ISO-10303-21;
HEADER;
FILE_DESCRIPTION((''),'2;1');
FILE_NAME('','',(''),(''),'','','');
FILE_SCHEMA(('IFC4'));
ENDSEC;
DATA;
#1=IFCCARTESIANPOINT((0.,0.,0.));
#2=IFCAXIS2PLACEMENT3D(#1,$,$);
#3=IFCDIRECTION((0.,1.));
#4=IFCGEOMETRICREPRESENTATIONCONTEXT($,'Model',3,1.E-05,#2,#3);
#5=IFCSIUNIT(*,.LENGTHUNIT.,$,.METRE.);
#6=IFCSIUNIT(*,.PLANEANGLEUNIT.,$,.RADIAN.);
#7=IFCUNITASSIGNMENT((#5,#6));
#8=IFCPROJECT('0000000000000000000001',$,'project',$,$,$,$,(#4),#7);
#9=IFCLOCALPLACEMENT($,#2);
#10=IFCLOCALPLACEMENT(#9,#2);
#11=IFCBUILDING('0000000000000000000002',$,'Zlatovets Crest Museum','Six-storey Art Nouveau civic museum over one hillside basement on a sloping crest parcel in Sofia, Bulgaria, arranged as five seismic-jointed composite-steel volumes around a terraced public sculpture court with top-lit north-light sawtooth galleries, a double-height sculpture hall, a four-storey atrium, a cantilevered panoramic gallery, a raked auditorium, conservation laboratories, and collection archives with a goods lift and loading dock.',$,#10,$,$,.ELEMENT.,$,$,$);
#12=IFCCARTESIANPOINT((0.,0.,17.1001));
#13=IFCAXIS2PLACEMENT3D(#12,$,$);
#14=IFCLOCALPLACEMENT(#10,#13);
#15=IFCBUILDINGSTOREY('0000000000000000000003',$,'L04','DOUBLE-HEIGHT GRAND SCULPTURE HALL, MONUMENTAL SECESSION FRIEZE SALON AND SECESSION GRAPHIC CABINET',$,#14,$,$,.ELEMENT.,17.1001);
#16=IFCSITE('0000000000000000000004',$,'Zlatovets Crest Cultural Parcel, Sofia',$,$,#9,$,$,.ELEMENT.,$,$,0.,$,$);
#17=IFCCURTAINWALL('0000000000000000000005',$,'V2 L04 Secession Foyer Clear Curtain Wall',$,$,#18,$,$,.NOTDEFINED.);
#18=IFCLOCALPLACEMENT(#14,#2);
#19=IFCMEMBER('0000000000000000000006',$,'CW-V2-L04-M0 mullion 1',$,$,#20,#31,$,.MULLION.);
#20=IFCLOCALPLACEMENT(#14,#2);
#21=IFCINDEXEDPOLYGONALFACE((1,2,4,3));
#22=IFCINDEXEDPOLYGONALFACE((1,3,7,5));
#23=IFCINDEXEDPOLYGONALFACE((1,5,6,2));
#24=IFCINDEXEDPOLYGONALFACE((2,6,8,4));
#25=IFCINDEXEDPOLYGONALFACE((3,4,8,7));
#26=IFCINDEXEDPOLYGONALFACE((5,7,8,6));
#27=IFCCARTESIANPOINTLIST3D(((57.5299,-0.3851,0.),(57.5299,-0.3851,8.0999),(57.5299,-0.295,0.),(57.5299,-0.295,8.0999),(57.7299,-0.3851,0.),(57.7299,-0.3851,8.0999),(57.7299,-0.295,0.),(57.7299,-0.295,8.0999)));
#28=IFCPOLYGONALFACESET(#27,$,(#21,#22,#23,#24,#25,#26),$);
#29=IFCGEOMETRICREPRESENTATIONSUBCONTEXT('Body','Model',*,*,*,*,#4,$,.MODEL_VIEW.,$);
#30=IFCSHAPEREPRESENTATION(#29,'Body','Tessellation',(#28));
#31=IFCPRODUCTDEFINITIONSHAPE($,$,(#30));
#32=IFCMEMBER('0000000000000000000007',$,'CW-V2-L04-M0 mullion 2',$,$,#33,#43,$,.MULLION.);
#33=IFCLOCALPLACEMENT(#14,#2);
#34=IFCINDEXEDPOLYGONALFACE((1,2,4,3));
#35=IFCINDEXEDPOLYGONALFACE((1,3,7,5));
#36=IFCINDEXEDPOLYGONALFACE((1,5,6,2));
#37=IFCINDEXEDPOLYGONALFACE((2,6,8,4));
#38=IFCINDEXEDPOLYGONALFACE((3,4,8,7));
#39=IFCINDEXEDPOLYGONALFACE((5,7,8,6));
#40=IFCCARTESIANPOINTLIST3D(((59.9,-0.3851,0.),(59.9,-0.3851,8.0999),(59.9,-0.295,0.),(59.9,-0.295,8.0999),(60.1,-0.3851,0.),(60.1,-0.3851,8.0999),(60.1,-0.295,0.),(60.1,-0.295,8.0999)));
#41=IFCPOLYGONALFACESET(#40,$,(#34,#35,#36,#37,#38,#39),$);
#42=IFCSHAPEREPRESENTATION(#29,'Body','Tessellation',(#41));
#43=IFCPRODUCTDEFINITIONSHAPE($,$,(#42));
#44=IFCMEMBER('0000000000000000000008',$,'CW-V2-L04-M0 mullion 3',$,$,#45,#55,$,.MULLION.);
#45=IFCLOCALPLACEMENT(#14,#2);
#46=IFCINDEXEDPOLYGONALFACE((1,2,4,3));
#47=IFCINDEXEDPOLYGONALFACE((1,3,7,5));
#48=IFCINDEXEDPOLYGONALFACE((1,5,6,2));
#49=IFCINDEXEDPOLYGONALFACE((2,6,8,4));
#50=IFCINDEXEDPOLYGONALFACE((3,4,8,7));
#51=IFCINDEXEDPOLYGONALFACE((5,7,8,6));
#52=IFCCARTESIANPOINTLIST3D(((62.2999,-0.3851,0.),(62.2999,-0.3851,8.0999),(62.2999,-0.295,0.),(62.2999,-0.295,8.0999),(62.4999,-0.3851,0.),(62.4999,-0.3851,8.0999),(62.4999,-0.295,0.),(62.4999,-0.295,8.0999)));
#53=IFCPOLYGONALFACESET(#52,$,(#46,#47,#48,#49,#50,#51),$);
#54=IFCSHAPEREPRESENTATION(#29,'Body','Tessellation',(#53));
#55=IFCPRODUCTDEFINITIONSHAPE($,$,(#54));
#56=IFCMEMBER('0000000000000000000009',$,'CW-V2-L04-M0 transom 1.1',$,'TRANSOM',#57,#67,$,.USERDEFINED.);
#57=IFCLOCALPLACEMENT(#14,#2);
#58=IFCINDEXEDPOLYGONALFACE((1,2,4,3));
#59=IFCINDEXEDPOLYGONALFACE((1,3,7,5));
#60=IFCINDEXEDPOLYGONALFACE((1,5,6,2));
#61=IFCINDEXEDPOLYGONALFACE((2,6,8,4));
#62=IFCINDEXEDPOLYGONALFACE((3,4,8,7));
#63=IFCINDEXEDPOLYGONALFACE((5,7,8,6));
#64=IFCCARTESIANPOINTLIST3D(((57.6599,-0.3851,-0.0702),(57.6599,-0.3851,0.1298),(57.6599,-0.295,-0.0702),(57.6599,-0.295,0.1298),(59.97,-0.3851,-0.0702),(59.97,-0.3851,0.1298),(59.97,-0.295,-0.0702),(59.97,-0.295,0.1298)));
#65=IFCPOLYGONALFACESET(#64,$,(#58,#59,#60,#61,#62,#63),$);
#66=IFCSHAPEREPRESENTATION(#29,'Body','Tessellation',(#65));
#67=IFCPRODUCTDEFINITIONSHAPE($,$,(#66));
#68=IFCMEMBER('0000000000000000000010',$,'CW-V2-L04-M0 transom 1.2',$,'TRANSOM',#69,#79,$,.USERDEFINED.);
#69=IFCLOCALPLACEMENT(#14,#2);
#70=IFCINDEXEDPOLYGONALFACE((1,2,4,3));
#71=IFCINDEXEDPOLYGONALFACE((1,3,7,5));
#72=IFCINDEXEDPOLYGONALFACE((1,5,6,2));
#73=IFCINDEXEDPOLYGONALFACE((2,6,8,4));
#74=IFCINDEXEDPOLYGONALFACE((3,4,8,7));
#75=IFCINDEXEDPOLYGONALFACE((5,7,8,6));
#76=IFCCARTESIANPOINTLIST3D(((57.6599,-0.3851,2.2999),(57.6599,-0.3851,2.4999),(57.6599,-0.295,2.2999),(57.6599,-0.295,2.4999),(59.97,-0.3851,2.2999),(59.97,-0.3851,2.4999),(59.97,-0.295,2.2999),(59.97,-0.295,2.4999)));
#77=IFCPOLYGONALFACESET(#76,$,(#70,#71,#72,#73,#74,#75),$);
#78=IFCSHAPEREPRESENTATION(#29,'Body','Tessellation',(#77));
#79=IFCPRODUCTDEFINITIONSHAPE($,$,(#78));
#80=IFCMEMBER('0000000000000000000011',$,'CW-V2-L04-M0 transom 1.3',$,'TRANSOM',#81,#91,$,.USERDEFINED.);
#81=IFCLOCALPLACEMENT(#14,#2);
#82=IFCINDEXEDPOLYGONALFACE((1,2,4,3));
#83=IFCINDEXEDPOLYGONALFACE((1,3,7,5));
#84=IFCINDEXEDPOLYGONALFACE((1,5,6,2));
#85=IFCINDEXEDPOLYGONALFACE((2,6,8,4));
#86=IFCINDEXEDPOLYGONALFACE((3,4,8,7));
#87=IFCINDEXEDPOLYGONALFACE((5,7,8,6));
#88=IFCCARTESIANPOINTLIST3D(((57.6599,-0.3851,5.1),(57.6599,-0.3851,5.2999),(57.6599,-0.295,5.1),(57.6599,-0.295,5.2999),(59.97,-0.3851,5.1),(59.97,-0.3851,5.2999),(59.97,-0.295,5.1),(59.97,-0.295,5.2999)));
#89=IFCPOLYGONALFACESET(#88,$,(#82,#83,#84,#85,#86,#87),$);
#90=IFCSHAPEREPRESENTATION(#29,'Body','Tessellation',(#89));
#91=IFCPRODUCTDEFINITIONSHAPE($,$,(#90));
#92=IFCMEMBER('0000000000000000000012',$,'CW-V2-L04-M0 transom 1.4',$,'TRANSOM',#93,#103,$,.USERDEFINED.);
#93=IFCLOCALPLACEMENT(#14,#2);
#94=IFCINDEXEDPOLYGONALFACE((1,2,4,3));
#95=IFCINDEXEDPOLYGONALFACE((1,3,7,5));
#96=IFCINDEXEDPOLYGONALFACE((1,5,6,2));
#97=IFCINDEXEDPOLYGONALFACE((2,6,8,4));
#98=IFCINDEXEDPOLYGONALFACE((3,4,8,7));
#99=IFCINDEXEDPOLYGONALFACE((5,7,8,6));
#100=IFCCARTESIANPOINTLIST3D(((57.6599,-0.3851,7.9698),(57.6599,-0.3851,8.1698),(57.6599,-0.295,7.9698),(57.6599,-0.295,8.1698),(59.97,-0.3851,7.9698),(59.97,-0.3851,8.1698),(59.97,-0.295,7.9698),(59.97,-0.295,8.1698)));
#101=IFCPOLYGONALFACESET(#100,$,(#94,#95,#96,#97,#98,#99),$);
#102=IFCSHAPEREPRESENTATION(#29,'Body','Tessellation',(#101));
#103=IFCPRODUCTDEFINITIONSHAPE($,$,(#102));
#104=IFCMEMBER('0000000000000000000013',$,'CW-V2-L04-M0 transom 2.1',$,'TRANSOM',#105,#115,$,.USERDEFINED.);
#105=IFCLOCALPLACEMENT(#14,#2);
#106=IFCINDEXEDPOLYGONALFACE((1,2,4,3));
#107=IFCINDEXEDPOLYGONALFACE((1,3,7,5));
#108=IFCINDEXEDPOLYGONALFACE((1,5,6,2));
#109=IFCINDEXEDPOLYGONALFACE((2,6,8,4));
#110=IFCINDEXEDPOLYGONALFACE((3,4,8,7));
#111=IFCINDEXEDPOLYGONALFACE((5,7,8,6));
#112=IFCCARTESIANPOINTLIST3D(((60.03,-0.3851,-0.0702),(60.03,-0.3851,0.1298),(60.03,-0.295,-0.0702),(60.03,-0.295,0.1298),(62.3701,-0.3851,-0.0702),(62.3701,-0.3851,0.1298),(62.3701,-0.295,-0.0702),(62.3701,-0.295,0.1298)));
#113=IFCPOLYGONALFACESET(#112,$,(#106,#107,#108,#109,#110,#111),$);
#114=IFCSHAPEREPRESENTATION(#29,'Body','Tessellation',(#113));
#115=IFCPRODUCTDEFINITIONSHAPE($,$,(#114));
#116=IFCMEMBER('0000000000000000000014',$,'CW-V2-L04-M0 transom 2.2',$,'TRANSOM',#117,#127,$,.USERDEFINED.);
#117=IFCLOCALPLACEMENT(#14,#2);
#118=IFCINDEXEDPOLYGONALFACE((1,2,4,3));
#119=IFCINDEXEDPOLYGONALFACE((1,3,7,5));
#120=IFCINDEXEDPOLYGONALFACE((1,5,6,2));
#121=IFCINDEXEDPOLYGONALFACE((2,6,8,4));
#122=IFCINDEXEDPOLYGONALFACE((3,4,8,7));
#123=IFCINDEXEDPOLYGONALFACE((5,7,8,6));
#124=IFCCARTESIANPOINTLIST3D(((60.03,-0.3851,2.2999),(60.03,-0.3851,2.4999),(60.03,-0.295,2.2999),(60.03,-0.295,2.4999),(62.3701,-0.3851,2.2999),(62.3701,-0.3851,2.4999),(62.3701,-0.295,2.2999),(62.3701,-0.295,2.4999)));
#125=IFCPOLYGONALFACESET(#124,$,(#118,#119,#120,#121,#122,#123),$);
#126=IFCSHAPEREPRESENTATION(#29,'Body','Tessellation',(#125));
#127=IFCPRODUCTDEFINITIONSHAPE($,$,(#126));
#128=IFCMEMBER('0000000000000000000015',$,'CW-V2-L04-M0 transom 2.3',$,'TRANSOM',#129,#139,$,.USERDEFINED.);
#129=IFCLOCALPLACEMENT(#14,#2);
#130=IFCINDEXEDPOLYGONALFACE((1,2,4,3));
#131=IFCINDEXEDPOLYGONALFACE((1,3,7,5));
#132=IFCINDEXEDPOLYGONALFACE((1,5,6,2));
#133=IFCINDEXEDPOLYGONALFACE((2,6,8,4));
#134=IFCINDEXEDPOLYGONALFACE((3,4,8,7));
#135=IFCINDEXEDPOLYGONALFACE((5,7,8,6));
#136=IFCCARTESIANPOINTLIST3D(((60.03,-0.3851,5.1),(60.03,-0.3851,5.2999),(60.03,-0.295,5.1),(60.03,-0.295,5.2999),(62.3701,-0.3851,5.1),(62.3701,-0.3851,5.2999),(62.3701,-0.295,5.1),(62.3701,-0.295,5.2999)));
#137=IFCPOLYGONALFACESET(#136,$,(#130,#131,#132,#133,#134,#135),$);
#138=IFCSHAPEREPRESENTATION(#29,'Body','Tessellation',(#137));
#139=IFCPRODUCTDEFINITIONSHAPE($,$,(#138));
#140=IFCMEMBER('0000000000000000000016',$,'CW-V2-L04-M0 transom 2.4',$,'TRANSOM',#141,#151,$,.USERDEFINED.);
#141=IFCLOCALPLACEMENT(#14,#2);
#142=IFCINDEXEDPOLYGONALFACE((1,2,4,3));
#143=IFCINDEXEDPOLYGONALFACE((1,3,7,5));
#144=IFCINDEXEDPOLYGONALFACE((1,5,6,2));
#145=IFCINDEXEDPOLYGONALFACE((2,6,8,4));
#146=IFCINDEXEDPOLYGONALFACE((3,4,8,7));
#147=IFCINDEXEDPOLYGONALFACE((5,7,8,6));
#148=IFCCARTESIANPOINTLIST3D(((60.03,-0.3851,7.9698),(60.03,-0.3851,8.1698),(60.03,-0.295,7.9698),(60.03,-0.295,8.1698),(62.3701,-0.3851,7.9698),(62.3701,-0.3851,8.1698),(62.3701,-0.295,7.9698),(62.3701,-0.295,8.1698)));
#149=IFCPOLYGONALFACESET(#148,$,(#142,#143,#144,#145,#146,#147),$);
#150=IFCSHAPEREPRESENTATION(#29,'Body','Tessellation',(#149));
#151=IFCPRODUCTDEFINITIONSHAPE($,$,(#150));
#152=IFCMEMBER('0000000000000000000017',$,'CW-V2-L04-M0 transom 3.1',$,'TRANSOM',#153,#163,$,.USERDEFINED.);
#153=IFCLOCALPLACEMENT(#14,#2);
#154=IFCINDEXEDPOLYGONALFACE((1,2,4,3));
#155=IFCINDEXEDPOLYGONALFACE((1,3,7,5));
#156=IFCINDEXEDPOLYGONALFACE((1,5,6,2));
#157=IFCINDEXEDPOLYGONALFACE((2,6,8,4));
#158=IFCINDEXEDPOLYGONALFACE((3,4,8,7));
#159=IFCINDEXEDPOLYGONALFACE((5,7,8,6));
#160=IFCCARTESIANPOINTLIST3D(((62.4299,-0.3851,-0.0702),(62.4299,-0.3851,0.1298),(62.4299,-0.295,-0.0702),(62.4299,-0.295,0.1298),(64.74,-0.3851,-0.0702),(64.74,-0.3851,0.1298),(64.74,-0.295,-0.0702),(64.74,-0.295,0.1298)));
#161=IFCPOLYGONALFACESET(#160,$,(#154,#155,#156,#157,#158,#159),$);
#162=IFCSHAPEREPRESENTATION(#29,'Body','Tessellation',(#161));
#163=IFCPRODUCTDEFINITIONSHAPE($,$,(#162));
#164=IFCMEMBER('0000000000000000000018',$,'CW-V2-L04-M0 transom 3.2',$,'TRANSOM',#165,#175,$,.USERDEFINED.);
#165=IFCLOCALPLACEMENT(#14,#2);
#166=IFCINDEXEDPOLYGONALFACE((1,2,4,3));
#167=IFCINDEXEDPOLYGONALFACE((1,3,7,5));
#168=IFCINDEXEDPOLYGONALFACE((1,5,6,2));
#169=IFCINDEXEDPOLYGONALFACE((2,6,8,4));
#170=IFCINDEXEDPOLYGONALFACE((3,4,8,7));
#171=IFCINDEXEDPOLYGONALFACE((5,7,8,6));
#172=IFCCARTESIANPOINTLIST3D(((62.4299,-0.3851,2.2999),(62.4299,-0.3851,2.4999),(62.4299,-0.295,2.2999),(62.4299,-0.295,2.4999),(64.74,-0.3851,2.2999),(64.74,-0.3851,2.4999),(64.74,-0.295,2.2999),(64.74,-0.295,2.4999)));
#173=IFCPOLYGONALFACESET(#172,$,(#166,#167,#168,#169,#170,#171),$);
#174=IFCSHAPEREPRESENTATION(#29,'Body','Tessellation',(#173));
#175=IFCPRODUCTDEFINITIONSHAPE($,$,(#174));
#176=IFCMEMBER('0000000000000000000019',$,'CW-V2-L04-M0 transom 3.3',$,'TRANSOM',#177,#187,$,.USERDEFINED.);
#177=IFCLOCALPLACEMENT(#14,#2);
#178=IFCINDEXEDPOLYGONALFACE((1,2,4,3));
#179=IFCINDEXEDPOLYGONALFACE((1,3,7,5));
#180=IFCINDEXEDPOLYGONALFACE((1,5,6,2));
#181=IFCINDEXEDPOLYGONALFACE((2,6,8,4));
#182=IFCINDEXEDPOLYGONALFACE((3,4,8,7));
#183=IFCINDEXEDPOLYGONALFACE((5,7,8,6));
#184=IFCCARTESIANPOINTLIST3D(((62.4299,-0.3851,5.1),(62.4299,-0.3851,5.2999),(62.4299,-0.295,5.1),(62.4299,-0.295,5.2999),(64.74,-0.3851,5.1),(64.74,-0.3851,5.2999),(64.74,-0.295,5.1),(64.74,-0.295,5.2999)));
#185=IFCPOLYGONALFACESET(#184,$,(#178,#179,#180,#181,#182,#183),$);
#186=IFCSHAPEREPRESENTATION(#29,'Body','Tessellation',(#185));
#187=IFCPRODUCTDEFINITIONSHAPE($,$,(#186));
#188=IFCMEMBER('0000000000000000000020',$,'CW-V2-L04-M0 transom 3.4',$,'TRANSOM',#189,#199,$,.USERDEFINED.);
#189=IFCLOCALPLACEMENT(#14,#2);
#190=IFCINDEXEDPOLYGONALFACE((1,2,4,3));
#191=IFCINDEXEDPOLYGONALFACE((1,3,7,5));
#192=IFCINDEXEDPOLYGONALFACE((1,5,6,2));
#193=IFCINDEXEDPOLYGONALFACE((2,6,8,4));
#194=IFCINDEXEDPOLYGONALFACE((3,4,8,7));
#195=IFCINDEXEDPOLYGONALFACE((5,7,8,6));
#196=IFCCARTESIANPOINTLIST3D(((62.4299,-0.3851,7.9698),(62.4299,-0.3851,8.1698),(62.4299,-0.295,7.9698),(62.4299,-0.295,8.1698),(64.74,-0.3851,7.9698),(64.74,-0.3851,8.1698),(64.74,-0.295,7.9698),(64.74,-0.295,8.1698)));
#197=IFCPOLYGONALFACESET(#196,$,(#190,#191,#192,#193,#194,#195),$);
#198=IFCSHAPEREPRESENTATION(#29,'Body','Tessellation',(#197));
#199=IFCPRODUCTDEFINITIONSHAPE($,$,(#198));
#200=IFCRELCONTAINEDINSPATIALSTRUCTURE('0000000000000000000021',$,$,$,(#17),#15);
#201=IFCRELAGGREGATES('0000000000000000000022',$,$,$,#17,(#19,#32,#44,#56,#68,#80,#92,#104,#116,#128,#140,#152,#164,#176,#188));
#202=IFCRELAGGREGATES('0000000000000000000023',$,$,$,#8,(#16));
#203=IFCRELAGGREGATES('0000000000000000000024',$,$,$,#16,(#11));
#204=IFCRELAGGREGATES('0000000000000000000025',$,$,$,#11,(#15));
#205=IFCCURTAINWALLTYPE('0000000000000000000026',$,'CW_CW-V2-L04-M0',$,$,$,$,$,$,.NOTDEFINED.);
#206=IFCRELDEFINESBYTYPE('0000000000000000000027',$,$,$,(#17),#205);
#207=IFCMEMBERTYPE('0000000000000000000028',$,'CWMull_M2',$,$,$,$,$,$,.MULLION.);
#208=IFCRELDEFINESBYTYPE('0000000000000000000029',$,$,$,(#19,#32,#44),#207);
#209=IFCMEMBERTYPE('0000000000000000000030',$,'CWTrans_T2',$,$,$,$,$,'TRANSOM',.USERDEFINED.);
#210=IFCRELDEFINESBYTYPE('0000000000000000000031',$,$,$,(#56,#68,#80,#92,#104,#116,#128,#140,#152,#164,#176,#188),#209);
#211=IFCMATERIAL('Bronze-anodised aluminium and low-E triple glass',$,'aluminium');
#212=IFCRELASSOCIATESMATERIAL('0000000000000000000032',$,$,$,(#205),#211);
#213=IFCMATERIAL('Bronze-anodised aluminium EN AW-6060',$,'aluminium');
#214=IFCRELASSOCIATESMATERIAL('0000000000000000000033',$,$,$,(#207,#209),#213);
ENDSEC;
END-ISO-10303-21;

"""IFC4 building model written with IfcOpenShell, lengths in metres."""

from ifc_helpers import new_model, si_unit, direction, frame, origin, origin_2d, place, context, subcontext, project, spatial, rectangle, extrude, material, material_profile, profile_set, type_object, element, aggregate, save


model = new_model("IFC4")

# Units and contexts
model_context = context("Model", 3, precision=1e-05, world=origin(), true_north=direction((0.0, 1.0)))
body_context = subcontext(model_context, "Body", "Model", "MODEL_VIEW")
ifc_project = project(units=[si_unit("LENGTHUNIT", "METRE"), si_unit("PLANEANGLEUNIT", "RADIAN")], contexts=[model_context])

# Site, building, storey
site_placement = place(None, origin())
site = spatial("IfcSite", under=ifc_project, at=site_placement, Name="Zlatovets Crest Cultural Parcel, Sofia", CompositionType="ELEMENT", RefElevation=0.0)
building_placement = place(site_placement, origin())
building = spatial("IfcBuilding", under=site, at=building_placement, Name="Zlatovets Crest Museum", Description="Six-storey Art Nouveau civic museum over one hillside basement on a sloping crest parcel in Sofia, Bulgaria, arranged as five seismic-jointed composite-steel volumes around a terraced public sculpture court with top-lit north-light sawtooth galleries, a double-height sculpture hall, a four-storey atrium, a cantilevered panoramic gallery, a raked auditorium, conservation laboratories, and collection archives with a goods lift and loading dock.", CompositionType="ELEMENT")
storey_placement = place(building_placement, frame((0.0, 0.0, 17.1001)))
storey = spatial("IfcBuildingStorey", under=building, at=storey_placement, Name="L04", Description="DOUBLE-HEIGHT GRAND SCULPTURE HALL, MONUMENTAL SECESSION FRIEZE SALON AND SECESSION GRAPHIC CABINET", CompositionType="ELEMENT", Elevation=17.1001)

# Curtain wall, members
ifc_material_1 = material(Name="Bronze-anodised aluminium and low-E triple glass", Category="aluminium")
curtain_wall_type = type_object("IfcCurtainWallType", Name="CW_CW-V2-L04-M0", PredefinedType="NOTDEFINED", material=ifc_material_1)
curtain_wall_placement = place(storey_placement, origin())
curtain_wall = element("IfcCurtainWall", 1, at=curtain_wall_placement, inside=storey, type_object=curtain_wall_type, Name="V2 L04 Secession Foyer Clear Curtain Wall", PredefinedType="NOTDEFINED")
ifc_material_2 = material(Name="Bronze-anodised aluminium EN AW-6060", Category="aluminium")
ifc_material_profile_1 = material_profile(ifc_material_2, rectangle(XDim=0.0901, YDim=0.2, at=origin_2d()), Name="ALU 90x200")
ifc_profile_set_1 = profile_set([ifc_material_profile_1], Name="Bronze-anodised aluminium EN AW-6060")
member_type_1 = type_object("IfcMemberType", Name="CWMull_M2", PredefinedType="MULLION", material=ifc_profile_set_1)
member_1_placement = place(storey_placement, frame((57.6299, -0.3401, 0.0), z_axis=(0.0, 0.0, 1.0), x_axis=(0.0, 1.0, 0.0)))
member_1 = element("IfcMember", 2, at=member_1_placement, type_object=member_type_1, Name="CW-V2-L04-M0 mullion 1", PredefinedType="MULLION", context=body_context, shape_type="SweptSolid", body=[
    extrude(rectangle(XDim=0.0901, YDim=0.2, at=origin_2d()), origin(), (0.0, 0.0, 1.0), 8.0999),
])
member_2_placement = place(storey_placement, frame((60.0, -0.3401, 0.0), z_axis=(0.0, 0.0, 1.0), x_axis=(0.0, 1.0, 0.0)))
member_2 = element("IfcMember", 3, at=member_2_placement, type_object=member_type_1, Name="CW-V2-L04-M0 mullion 2", PredefinedType="MULLION", context=body_context, shape_type="SweptSolid", body=[
    extrude(rectangle(XDim=0.0901, YDim=0.2, at=origin_2d()), origin(), (0.0, 0.0, 1.0), 8.0999),
])
member_3_placement = place(storey_placement, frame((62.3999, -0.3401, 0.0), z_axis=(0.0, 0.0, 1.0), x_axis=(0.0, 1.0, 0.0)))
member_3 = element("IfcMember", 4, at=member_3_placement, type_object=member_type_1, Name="CW-V2-L04-M0 mullion 3", PredefinedType="MULLION", context=body_context, shape_type="SweptSolid", body=[
    extrude(rectangle(XDim=0.0901, YDim=0.2, at=origin_2d()), origin(), (0.0, 0.0, 1.0), 8.0999),
])
ifc_material_profile_2 = material_profile(ifc_material_2, rectangle(XDim=0.0901, YDim=0.2, at=origin_2d()), Name="ALU 90x200")
ifc_profile_set_2 = profile_set([ifc_material_profile_2], Name="Bronze-anodised aluminium EN AW-6060")
member_type_2 = type_object("IfcMemberType", Name="CWTrans_T2", ElementType="TRANSOM", PredefinedType="USERDEFINED", material=ifc_profile_set_2)
member_4_placement = place(storey_placement, frame((57.6599, -0.3401, 0.0298), z_axis=(1.0, 0.0, 0.0), x_axis=(0.0, 1.0, 0.0)))
member_4 = element("IfcMember", 5, at=member_4_placement, type_object=member_type_2, Name="CW-V2-L04-M0 transom 1.1", ObjectType="TRANSOM", PredefinedType="USERDEFINED", context=body_context, shape_type="SweptSolid", body=[
    extrude(rectangle(XDim=0.0901, YDim=0.2, at=origin_2d()), origin(), (0.0, 0.0, 1.0), 2.3101),
])
member_5_placement = place(storey_placement, frame((57.6599, -0.3401, 2.3999), z_axis=(1.0, 0.0, 0.0), x_axis=(0.0, 1.0, 0.0)))
member_5 = element("IfcMember", 6, at=member_5_placement, type_object=member_type_2, Name="CW-V2-L04-M0 transom 1.2", ObjectType="TRANSOM", PredefinedType="USERDEFINED", context=body_context, shape_type="SweptSolid", body=[
    extrude(rectangle(XDim=0.0901, YDim=0.2, at=origin_2d()), origin(), (0.0, 0.0, 1.0), 2.3101),
])
member_6_placement = place(storey_placement, frame((57.6599, -0.3401, 5.2), z_axis=(1.0, 0.0, 0.0), x_axis=(0.0, 1.0, 0.0)))
member_6 = element("IfcMember", 7, at=member_6_placement, type_object=member_type_2, Name="CW-V2-L04-M0 transom 1.3", ObjectType="TRANSOM", PredefinedType="USERDEFINED", context=body_context, shape_type="SweptSolid", body=[
    extrude(rectangle(XDim=0.0901, YDim=0.2, at=origin_2d()), origin(), (0.0, 0.0, 1.0), 2.3101),
])
member_7_placement = place(storey_placement, frame((57.6599, -0.3401, 8.0698), z_axis=(1.0, 0.0, 0.0), x_axis=(0.0, 1.0, 0.0)))
member_7 = element("IfcMember", 8, at=member_7_placement, type_object=member_type_2, Name="CW-V2-L04-M0 transom 1.4", ObjectType="TRANSOM", PredefinedType="USERDEFINED", context=body_context, shape_type="SweptSolid", body=[
    extrude(rectangle(XDim=0.0901, YDim=0.2, at=origin_2d()), origin(), (0.0, 0.0, 1.0), 2.3101),
])
member_8_placement = place(storey_placement, frame((60.03, -0.3401, 0.0298), z_axis=(1.0, 0.0, 0.0), x_axis=(0.0, 1.0, 0.0)))
member_8 = element("IfcMember", 9, at=member_8_placement, type_object=member_type_2, Name="CW-V2-L04-M0 transom 2.1", ObjectType="TRANSOM", PredefinedType="USERDEFINED", context=body_context, shape_type="SweptSolid", body=[
    extrude(rectangle(XDim=0.0901, YDim=0.2, at=origin_2d()), origin(), (0.0, 0.0, 1.0), 2.3401),
])
member_9_placement = place(storey_placement, frame((60.03, -0.3401, 2.3999), z_axis=(1.0, 0.0, 0.0), x_axis=(0.0, 1.0, 0.0)))
member_9 = element("IfcMember", 10, at=member_9_placement, type_object=member_type_2, Name="CW-V2-L04-M0 transom 2.2", ObjectType="TRANSOM", PredefinedType="USERDEFINED", context=body_context, shape_type="SweptSolid", body=[
    extrude(rectangle(XDim=0.0901, YDim=0.2, at=origin_2d()), origin(), (0.0, 0.0, 1.0), 2.3401),
])
member_10_placement = place(storey_placement, frame((60.03, -0.3401, 5.2), z_axis=(1.0, 0.0, 0.0), x_axis=(0.0, 1.0, 0.0)))
member_10 = element("IfcMember", 11, at=member_10_placement, type_object=member_type_2, Name="CW-V2-L04-M0 transom 2.3", ObjectType="TRANSOM", PredefinedType="USERDEFINED", context=body_context, shape_type="SweptSolid", body=[
    extrude(rectangle(XDim=0.0901, YDim=0.2, at=origin_2d()), origin(), (0.0, 0.0, 1.0), 2.3401),
])
member_11_placement = place(storey_placement, frame((60.03, -0.3401, 8.0698), z_axis=(1.0, 0.0, 0.0), x_axis=(0.0, 1.0, 0.0)))
member_11 = element("IfcMember", 12, at=member_11_placement, type_object=member_type_2, Name="CW-V2-L04-M0 transom 2.4", ObjectType="TRANSOM", PredefinedType="USERDEFINED", context=body_context, shape_type="SweptSolid", body=[
    extrude(rectangle(XDim=0.0901, YDim=0.2, at=origin_2d()), origin(), (0.0, 0.0, 1.0), 2.3401),
])
member_12_placement = place(storey_placement, frame((62.4299, -0.3401, 0.0298), z_axis=(1.0, 0.0, 0.0), x_axis=(0.0, 1.0, 0.0)))
member_12 = element("IfcMember", 13, at=member_12_placement, type_object=member_type_2, Name="CW-V2-L04-M0 transom 3.1", ObjectType="TRANSOM", PredefinedType="USERDEFINED", context=body_context, shape_type="SweptSolid", body=[
    extrude(rectangle(XDim=0.0901, YDim=0.2, at=origin_2d()), origin(), (0.0, 0.0, 1.0), 2.3101),
])
member_13_placement = place(storey_placement, frame((62.4299, -0.3401, 2.3999), z_axis=(1.0, 0.0, 0.0), x_axis=(0.0, 1.0, 0.0)))
member_13 = element("IfcMember", 14, at=member_13_placement, type_object=member_type_2, Name="CW-V2-L04-M0 transom 3.2", ObjectType="TRANSOM", PredefinedType="USERDEFINED", context=body_context, shape_type="SweptSolid", body=[
    extrude(rectangle(XDim=0.0901, YDim=0.2, at=origin_2d()), origin(), (0.0, 0.0, 1.0), 2.3101),
])
member_14_placement = place(storey_placement, frame((62.4299, -0.3401, 5.2), z_axis=(1.0, 0.0, 0.0), x_axis=(0.0, 1.0, 0.0)))
member_14 = element("IfcMember", 15, at=member_14_placement, type_object=member_type_2, Name="CW-V2-L04-M0 transom 3.3", ObjectType="TRANSOM", PredefinedType="USERDEFINED", context=body_context, shape_type="SweptSolid", body=[
    extrude(rectangle(XDim=0.0901, YDim=0.2, at=origin_2d()), origin(), (0.0, 0.0, 1.0), 2.3101),
])
member_15_placement = place(storey_placement, frame((62.4299, -0.3401, 8.0698), z_axis=(1.0, 0.0, 0.0), x_axis=(0.0, 1.0, 0.0)))
member_15 = element("IfcMember", 16, at=member_15_placement, type_object=member_type_2, Name="CW-V2-L04-M0 transom 3.4", ObjectType="TRANSOM", PredefinedType="USERDEFINED", context=body_context, shape_type="SweptSolid", body=[
    extrude(rectangle(XDim=0.0901, YDim=0.2, at=origin_2d()), origin(), (0.0, 0.0, 1.0), 2.3101),
])

aggregate(curtain_wall, [member_1, member_2, member_3, member_4, member_5, member_6, member_7, member_8, member_9, member_10, member_11, member_12, member_13, member_14, member_15])

save(model, "model.ifc")
